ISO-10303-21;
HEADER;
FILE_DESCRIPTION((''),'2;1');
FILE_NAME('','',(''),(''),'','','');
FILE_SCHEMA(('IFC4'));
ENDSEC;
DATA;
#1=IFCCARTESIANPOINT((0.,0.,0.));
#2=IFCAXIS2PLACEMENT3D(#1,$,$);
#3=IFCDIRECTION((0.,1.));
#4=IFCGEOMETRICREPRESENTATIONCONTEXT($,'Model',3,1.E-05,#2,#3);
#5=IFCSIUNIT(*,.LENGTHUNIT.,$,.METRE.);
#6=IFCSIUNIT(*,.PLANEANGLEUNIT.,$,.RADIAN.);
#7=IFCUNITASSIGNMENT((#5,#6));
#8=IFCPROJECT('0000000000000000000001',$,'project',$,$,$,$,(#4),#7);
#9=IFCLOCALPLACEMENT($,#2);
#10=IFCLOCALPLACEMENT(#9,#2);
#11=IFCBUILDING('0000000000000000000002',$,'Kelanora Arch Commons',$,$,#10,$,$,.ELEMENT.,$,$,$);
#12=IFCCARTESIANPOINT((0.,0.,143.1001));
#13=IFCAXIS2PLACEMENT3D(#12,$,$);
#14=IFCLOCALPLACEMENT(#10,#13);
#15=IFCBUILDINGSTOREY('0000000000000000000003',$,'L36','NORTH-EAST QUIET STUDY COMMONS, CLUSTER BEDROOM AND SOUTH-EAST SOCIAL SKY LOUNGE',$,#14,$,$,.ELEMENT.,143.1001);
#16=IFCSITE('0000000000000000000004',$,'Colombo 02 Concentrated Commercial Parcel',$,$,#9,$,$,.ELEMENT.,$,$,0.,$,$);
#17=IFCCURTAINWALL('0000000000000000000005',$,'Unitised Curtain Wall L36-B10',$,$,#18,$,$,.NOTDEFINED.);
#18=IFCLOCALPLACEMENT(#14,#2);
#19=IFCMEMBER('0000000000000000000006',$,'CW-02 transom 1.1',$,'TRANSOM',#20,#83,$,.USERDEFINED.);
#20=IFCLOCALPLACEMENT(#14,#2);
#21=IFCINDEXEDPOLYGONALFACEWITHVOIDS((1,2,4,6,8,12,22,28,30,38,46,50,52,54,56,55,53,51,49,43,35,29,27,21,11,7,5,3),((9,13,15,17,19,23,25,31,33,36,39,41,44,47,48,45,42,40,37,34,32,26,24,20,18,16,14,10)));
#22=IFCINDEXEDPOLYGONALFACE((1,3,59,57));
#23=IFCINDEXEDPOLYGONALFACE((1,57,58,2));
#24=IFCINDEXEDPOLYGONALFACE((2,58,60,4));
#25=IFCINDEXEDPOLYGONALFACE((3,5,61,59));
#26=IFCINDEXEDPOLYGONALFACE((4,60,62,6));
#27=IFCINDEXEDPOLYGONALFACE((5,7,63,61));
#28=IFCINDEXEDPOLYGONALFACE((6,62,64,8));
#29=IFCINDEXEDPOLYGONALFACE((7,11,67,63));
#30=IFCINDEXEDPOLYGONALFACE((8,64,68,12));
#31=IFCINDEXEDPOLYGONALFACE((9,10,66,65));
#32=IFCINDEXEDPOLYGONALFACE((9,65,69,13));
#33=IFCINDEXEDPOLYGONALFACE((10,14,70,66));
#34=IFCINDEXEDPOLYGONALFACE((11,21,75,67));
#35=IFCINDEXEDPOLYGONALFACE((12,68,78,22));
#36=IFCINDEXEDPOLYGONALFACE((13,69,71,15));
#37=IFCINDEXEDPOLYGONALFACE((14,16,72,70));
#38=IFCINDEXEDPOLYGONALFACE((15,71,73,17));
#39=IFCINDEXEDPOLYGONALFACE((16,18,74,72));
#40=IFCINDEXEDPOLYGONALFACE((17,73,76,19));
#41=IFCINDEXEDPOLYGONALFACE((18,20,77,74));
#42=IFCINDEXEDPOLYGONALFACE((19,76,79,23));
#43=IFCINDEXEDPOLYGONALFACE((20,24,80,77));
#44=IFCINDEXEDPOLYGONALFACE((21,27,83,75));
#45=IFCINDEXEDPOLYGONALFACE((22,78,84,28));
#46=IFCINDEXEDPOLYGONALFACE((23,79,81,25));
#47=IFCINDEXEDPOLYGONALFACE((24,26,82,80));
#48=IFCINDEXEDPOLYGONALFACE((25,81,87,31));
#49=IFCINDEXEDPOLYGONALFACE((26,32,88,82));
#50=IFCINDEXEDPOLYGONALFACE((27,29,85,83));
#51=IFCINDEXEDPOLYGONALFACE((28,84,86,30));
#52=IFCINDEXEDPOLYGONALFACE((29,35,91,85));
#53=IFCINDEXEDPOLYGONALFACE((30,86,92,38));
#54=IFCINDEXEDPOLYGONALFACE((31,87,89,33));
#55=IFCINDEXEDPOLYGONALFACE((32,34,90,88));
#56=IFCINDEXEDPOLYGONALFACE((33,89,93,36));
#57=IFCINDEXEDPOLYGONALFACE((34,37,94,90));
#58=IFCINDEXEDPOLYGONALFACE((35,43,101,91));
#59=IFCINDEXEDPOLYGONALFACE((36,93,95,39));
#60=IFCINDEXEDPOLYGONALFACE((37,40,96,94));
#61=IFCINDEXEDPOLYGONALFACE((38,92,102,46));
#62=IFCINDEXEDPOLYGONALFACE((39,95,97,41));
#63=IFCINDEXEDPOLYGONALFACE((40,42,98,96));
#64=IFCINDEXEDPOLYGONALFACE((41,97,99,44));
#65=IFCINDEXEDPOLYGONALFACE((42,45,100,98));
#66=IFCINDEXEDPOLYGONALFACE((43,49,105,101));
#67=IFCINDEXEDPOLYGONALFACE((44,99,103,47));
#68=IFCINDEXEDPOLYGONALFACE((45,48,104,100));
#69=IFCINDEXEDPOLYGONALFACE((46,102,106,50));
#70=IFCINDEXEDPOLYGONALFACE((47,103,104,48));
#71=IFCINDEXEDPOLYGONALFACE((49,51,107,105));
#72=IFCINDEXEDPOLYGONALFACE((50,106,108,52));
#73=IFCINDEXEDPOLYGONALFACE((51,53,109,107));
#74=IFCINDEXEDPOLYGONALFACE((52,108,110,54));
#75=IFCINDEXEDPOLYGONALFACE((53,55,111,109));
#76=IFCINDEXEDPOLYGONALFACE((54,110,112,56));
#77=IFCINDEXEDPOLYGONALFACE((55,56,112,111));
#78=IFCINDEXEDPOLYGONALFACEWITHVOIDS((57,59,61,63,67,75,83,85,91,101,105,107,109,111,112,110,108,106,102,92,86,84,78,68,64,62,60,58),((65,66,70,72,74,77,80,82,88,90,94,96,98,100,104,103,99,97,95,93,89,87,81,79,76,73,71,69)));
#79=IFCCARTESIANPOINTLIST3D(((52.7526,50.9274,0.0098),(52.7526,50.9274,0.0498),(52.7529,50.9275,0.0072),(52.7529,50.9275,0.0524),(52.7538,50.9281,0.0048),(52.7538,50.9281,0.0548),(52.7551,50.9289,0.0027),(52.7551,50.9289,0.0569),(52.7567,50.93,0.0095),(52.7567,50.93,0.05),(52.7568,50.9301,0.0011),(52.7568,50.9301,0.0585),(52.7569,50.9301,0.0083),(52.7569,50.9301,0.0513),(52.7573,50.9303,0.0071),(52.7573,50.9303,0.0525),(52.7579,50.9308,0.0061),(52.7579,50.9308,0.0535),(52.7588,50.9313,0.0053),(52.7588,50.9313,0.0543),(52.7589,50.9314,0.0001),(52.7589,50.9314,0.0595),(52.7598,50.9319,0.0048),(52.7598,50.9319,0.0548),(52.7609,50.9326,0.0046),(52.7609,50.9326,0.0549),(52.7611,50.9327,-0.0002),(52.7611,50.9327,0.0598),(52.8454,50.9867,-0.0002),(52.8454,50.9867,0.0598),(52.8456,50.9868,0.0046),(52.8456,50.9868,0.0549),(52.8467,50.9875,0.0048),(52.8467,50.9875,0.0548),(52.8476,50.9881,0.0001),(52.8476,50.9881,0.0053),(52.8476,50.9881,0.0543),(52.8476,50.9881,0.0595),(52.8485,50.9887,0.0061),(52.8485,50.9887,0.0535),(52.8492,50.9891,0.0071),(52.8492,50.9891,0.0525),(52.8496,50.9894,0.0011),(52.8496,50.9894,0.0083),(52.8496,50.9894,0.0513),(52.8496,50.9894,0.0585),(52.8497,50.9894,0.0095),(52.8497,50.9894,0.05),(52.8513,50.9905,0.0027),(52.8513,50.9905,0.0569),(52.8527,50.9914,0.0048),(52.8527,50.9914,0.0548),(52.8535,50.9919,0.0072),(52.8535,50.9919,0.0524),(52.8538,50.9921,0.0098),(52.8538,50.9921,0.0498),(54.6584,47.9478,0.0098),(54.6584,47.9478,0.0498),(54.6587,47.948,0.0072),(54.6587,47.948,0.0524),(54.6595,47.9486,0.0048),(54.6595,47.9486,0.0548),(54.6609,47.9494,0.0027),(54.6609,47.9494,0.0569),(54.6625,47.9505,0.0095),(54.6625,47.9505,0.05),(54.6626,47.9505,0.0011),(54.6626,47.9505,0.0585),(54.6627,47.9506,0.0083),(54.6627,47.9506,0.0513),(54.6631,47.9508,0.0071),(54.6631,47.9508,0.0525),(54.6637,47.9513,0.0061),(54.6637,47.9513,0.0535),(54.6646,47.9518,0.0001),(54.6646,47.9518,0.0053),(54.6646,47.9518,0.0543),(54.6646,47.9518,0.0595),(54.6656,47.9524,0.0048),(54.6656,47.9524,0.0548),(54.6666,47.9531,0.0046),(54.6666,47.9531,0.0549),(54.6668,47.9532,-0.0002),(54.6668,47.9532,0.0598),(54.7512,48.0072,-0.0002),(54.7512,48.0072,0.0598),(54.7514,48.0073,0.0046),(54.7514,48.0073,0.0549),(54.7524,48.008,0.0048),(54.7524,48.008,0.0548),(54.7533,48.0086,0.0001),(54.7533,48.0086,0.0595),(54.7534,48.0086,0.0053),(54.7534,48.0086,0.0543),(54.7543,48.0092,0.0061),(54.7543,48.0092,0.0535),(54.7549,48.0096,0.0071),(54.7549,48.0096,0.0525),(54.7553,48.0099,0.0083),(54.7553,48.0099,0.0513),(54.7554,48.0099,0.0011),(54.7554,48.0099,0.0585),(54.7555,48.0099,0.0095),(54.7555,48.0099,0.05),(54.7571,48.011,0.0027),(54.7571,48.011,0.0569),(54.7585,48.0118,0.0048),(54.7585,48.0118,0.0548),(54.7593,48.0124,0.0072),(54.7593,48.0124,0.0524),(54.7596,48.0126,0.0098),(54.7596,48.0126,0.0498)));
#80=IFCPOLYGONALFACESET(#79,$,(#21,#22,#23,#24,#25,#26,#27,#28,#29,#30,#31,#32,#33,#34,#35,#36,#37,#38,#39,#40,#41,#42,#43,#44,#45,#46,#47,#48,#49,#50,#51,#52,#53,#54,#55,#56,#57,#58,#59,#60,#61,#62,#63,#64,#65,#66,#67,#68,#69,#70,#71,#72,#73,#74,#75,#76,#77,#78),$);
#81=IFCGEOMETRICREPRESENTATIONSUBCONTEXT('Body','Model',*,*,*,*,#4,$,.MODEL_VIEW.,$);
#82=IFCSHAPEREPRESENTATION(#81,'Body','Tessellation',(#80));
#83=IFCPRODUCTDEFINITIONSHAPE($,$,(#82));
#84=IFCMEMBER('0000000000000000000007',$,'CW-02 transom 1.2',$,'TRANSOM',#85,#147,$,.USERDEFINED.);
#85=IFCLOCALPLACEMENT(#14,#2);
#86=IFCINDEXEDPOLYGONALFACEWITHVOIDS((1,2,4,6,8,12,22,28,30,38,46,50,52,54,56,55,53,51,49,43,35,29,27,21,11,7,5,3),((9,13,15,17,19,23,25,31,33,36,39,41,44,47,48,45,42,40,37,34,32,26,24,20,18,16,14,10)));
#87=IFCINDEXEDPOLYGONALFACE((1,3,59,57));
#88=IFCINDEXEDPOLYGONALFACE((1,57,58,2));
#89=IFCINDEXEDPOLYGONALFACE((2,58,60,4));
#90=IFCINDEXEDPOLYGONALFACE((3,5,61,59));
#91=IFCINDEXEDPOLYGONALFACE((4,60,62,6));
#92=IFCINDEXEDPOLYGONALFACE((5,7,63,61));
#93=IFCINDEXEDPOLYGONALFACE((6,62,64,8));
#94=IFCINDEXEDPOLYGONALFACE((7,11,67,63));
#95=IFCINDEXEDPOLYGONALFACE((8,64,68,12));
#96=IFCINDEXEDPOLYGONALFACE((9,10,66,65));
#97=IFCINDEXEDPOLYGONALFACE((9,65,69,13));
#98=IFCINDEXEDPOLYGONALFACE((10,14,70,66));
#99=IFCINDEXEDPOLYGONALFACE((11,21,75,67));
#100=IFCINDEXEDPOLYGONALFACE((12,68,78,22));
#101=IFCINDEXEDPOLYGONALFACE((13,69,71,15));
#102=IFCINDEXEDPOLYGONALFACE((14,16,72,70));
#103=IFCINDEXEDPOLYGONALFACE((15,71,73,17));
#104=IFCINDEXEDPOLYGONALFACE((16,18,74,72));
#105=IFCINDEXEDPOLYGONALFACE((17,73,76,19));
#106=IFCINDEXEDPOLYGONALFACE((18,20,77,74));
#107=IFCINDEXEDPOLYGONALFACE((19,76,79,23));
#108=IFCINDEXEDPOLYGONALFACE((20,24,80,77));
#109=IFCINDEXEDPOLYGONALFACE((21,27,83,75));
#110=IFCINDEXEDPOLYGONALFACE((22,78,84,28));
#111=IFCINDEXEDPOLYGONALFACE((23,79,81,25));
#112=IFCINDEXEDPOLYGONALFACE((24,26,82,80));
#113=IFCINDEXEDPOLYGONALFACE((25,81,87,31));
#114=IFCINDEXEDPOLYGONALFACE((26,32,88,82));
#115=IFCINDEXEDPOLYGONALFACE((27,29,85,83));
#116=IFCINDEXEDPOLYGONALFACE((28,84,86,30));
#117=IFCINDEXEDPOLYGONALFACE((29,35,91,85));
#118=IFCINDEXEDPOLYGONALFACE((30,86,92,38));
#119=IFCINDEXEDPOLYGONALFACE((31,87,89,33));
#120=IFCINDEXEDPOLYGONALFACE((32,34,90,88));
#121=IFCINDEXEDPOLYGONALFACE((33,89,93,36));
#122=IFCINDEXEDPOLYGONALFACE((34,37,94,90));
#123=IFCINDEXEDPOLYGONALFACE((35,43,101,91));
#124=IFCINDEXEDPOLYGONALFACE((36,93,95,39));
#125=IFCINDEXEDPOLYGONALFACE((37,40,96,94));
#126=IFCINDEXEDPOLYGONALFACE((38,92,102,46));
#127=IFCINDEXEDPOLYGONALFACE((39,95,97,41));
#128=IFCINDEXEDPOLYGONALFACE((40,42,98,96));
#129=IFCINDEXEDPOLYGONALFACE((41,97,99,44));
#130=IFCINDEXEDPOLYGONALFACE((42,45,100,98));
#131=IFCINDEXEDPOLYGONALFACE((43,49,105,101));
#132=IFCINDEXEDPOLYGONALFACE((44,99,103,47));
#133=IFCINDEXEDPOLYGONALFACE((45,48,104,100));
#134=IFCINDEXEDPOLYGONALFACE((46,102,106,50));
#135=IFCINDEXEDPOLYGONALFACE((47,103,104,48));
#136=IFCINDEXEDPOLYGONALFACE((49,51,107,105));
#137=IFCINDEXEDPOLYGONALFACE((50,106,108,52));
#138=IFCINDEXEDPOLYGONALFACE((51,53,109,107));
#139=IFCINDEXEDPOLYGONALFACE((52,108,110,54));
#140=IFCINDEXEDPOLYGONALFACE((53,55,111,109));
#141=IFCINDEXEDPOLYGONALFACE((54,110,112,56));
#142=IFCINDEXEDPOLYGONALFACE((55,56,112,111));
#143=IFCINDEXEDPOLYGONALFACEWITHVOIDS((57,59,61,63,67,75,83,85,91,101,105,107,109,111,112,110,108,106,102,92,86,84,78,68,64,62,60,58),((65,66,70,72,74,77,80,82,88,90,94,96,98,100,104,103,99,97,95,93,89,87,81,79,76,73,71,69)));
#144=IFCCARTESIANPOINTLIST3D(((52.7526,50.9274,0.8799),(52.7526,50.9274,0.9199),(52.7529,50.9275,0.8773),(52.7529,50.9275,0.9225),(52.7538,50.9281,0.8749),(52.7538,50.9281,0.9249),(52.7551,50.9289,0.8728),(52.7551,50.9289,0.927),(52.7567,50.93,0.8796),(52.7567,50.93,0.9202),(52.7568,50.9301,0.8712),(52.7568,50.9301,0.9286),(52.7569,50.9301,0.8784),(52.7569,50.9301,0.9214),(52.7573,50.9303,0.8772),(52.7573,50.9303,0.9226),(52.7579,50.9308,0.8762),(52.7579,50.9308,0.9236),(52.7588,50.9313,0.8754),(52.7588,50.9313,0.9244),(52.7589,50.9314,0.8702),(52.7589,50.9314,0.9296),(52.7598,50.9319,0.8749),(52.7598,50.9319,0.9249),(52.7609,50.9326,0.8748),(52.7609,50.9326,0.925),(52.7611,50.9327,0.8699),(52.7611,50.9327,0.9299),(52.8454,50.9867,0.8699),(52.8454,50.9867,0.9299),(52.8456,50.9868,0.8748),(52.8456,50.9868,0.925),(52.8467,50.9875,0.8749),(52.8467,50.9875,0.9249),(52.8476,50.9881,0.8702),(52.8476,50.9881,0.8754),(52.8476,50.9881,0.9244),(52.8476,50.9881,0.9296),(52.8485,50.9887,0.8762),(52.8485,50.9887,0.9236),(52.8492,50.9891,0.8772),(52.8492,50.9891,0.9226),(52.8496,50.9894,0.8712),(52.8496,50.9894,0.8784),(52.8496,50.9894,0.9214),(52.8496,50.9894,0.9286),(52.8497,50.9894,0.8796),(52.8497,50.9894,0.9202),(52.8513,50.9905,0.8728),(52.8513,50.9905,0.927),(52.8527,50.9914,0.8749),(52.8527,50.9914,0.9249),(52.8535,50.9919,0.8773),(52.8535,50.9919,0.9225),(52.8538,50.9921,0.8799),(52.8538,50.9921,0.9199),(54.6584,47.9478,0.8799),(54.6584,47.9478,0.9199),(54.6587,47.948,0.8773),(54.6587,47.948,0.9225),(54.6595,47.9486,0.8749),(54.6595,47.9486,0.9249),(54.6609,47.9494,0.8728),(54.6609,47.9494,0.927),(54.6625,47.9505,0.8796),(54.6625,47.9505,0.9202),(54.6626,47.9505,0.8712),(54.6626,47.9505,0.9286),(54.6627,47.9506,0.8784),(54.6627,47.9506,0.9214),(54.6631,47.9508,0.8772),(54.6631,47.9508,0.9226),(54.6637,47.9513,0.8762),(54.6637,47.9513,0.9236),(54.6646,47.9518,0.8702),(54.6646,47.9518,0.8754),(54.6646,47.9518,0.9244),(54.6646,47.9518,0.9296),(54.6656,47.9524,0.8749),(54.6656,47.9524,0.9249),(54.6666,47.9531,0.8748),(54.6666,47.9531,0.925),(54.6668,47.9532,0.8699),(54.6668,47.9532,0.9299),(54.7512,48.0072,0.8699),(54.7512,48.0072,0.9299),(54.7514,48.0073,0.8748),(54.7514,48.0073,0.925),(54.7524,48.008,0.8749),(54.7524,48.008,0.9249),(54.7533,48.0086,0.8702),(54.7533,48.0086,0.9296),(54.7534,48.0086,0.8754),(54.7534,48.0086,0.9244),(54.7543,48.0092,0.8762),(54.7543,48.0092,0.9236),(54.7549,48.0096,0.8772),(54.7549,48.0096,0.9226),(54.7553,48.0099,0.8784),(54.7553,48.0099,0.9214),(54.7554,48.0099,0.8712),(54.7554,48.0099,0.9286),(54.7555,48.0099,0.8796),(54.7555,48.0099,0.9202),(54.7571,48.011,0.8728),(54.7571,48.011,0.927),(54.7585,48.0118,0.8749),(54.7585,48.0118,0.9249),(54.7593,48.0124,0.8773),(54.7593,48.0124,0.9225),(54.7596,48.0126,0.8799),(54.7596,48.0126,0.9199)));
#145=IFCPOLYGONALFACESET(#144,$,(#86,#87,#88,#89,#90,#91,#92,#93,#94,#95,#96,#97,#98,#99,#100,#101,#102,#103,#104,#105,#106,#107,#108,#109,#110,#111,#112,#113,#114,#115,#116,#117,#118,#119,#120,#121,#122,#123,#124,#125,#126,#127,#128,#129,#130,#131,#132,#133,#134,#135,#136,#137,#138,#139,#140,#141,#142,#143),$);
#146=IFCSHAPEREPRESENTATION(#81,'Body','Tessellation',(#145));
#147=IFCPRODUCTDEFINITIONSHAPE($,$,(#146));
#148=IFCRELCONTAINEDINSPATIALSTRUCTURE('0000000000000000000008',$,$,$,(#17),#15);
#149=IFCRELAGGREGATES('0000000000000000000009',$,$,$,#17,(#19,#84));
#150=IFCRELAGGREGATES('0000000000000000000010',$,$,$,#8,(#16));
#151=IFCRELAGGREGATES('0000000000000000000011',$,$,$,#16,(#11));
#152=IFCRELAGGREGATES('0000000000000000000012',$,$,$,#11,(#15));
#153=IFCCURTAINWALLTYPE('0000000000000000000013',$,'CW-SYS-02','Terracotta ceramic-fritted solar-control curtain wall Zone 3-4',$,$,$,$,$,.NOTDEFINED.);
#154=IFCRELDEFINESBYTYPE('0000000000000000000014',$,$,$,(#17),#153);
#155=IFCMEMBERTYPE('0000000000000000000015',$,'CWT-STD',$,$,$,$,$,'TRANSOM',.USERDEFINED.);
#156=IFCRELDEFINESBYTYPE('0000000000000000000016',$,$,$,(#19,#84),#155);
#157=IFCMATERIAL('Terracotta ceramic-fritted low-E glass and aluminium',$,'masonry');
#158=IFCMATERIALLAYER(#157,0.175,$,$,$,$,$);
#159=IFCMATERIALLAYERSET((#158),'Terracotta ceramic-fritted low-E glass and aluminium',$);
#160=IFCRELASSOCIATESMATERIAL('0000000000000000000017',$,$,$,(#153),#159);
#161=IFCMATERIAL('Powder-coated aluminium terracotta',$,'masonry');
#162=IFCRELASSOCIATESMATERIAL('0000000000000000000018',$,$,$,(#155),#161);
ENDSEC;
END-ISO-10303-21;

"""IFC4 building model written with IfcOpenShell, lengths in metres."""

from ifc_helpers import new_model, si_unit, direction, frame, origin, origin_2d, place, context, subcontext, project, spatial, hollow_rectangle, extrude, material, layer, layer_set, material_profile, profile_set, type_object, element, aggregate, save


model = new_model("IFC4")

# Units and contexts
model_context = context("Model", 3, precision=1e-05, world=origin(), true_north=direction((0.0, 1.0)))
body_context = subcontext(model_context, "Body", "Model", "MODEL_VIEW")
ifc_project = project(units=[si_unit("LENGTHUNIT", "METRE"), si_unit("PLANEANGLEUNIT", "RADIAN")], contexts=[model_context])

# Site, building, storey
site_placement = place(None, origin())
site = spatial("IfcSite", under=ifc_project, at=site_placement, Name="Colombo 02 Concentrated Commercial Parcel", CompositionType="ELEMENT", RefElevation=0.0)
building_placement = place(site_placement, origin())
building = spatial("IfcBuilding", under=site, at=building_placement, Name="Kelanora Arch Commons", CompositionType="ELEMENT")
storey_placement = place(building_placement, frame((0.0, 0.0, 143.1001)))
storey = spatial("IfcBuildingStorey", under=building, at=storey_placement, Name="L36", Description="NORTH-EAST QUIET STUDY COMMONS, CLUSTER BEDROOM AND SOUTH-EAST SOCIAL SKY LOUNGE", CompositionType="ELEMENT", Elevation=143.1001)

# Curtain wall, members
ifc_material_1 = material(Name="Terracotta ceramic-fritted low-E glass and aluminium", Category="masonry")
ifc_layer_1 = layer(ifc_material_1, 0.175)
ifc_layer_set_1 = layer_set([ifc_layer_1], Name="Terracotta ceramic-fritted low-E glass and aluminium")
curtain_wall_type = type_object("IfcCurtainWallType", Name="CW-SYS-02", Description="Terracotta ceramic-fritted solar-control curtain wall Zone 3-4", PredefinedType="NOTDEFINED", material=ifc_layer_set_1)
curtain_wall_placement = place(storey_placement, origin())
curtain_wall = element("IfcCurtainWall", 1, at=curtain_wall_placement, inside=storey, type_object=curtain_wall_type, Name="Unitised Curtain Wall L36-B10", PredefinedType="NOTDEFINED")
ifc_material_2 = material(Name="Powder-coated aluminium terracotta", Category="masonry")
ifc_material_profile_1 = material_profile(ifc_material_2, hollow_rectangle(XDim=0.1201, YDim=0.0601, WallThickness=0.0049, InnerFilletRadius=0.0049, OuterFilletRadius=0.01, at=origin_2d()), Name="CWT120x60")
ifc_profile_set_1 = profile_set([ifc_material_profile_1], Name="Powder-coated aluminium terracotta")
member_type_1 = type_object("IfcMemberType", Name="CWT-STD", ElementType="TRANSOM", PredefinedType="USERDEFINED", material=ifc_profile_set_1)
member_1_placement = place(storey_placement, frame((52.8032, 50.9597, 0.0298), z_axis=(0.53883, -0.842414, 0.0), x_axis=(0.842414, 0.53883, 0.0)))
member_1 = element("IfcMember", 2, at=member_1_placement, type_object=member_type_1, Name="CW-02 transom 1.1", ObjectType="TRANSOM", PredefinedType="USERDEFINED", context=body_context, shape_type="SweptSolid", body=[
    extrude(hollow_rectangle(XDim=0.1201, YDim=0.0601, WallThickness=0.0049, InnerFilletRadius=0.0049, OuterFilletRadius=0.01, at=origin_2d()), origin(), (0.0, 0.0, 1.0), 3.5369),
])
member_2_placement = place(storey_placement, frame((52.8032, 50.9597, 0.8999), z_axis=(0.53883, -0.842414, 0.0), x_axis=(0.842414, 0.53883, 0.0)))
member_2 = element("IfcMember", 3, at=member_2_placement, type_object=member_type_1, Name="CW-02 transom 1.2", ObjectType="TRANSOM", PredefinedType="USERDEFINED", context=body_context, shape_type="SweptSolid", body=[
    extrude(hollow_rectangle(XDim=0.1201, YDim=0.0601, WallThickness=0.0049, InnerFilletRadius=0.0049, OuterFilletRadius=0.01, at=origin_2d()), origin(), (0.0, 0.0, 1.0), 3.5369),
])

aggregate(curtain_wall, [member_1, member_2])

save(model, "model.ifc")
